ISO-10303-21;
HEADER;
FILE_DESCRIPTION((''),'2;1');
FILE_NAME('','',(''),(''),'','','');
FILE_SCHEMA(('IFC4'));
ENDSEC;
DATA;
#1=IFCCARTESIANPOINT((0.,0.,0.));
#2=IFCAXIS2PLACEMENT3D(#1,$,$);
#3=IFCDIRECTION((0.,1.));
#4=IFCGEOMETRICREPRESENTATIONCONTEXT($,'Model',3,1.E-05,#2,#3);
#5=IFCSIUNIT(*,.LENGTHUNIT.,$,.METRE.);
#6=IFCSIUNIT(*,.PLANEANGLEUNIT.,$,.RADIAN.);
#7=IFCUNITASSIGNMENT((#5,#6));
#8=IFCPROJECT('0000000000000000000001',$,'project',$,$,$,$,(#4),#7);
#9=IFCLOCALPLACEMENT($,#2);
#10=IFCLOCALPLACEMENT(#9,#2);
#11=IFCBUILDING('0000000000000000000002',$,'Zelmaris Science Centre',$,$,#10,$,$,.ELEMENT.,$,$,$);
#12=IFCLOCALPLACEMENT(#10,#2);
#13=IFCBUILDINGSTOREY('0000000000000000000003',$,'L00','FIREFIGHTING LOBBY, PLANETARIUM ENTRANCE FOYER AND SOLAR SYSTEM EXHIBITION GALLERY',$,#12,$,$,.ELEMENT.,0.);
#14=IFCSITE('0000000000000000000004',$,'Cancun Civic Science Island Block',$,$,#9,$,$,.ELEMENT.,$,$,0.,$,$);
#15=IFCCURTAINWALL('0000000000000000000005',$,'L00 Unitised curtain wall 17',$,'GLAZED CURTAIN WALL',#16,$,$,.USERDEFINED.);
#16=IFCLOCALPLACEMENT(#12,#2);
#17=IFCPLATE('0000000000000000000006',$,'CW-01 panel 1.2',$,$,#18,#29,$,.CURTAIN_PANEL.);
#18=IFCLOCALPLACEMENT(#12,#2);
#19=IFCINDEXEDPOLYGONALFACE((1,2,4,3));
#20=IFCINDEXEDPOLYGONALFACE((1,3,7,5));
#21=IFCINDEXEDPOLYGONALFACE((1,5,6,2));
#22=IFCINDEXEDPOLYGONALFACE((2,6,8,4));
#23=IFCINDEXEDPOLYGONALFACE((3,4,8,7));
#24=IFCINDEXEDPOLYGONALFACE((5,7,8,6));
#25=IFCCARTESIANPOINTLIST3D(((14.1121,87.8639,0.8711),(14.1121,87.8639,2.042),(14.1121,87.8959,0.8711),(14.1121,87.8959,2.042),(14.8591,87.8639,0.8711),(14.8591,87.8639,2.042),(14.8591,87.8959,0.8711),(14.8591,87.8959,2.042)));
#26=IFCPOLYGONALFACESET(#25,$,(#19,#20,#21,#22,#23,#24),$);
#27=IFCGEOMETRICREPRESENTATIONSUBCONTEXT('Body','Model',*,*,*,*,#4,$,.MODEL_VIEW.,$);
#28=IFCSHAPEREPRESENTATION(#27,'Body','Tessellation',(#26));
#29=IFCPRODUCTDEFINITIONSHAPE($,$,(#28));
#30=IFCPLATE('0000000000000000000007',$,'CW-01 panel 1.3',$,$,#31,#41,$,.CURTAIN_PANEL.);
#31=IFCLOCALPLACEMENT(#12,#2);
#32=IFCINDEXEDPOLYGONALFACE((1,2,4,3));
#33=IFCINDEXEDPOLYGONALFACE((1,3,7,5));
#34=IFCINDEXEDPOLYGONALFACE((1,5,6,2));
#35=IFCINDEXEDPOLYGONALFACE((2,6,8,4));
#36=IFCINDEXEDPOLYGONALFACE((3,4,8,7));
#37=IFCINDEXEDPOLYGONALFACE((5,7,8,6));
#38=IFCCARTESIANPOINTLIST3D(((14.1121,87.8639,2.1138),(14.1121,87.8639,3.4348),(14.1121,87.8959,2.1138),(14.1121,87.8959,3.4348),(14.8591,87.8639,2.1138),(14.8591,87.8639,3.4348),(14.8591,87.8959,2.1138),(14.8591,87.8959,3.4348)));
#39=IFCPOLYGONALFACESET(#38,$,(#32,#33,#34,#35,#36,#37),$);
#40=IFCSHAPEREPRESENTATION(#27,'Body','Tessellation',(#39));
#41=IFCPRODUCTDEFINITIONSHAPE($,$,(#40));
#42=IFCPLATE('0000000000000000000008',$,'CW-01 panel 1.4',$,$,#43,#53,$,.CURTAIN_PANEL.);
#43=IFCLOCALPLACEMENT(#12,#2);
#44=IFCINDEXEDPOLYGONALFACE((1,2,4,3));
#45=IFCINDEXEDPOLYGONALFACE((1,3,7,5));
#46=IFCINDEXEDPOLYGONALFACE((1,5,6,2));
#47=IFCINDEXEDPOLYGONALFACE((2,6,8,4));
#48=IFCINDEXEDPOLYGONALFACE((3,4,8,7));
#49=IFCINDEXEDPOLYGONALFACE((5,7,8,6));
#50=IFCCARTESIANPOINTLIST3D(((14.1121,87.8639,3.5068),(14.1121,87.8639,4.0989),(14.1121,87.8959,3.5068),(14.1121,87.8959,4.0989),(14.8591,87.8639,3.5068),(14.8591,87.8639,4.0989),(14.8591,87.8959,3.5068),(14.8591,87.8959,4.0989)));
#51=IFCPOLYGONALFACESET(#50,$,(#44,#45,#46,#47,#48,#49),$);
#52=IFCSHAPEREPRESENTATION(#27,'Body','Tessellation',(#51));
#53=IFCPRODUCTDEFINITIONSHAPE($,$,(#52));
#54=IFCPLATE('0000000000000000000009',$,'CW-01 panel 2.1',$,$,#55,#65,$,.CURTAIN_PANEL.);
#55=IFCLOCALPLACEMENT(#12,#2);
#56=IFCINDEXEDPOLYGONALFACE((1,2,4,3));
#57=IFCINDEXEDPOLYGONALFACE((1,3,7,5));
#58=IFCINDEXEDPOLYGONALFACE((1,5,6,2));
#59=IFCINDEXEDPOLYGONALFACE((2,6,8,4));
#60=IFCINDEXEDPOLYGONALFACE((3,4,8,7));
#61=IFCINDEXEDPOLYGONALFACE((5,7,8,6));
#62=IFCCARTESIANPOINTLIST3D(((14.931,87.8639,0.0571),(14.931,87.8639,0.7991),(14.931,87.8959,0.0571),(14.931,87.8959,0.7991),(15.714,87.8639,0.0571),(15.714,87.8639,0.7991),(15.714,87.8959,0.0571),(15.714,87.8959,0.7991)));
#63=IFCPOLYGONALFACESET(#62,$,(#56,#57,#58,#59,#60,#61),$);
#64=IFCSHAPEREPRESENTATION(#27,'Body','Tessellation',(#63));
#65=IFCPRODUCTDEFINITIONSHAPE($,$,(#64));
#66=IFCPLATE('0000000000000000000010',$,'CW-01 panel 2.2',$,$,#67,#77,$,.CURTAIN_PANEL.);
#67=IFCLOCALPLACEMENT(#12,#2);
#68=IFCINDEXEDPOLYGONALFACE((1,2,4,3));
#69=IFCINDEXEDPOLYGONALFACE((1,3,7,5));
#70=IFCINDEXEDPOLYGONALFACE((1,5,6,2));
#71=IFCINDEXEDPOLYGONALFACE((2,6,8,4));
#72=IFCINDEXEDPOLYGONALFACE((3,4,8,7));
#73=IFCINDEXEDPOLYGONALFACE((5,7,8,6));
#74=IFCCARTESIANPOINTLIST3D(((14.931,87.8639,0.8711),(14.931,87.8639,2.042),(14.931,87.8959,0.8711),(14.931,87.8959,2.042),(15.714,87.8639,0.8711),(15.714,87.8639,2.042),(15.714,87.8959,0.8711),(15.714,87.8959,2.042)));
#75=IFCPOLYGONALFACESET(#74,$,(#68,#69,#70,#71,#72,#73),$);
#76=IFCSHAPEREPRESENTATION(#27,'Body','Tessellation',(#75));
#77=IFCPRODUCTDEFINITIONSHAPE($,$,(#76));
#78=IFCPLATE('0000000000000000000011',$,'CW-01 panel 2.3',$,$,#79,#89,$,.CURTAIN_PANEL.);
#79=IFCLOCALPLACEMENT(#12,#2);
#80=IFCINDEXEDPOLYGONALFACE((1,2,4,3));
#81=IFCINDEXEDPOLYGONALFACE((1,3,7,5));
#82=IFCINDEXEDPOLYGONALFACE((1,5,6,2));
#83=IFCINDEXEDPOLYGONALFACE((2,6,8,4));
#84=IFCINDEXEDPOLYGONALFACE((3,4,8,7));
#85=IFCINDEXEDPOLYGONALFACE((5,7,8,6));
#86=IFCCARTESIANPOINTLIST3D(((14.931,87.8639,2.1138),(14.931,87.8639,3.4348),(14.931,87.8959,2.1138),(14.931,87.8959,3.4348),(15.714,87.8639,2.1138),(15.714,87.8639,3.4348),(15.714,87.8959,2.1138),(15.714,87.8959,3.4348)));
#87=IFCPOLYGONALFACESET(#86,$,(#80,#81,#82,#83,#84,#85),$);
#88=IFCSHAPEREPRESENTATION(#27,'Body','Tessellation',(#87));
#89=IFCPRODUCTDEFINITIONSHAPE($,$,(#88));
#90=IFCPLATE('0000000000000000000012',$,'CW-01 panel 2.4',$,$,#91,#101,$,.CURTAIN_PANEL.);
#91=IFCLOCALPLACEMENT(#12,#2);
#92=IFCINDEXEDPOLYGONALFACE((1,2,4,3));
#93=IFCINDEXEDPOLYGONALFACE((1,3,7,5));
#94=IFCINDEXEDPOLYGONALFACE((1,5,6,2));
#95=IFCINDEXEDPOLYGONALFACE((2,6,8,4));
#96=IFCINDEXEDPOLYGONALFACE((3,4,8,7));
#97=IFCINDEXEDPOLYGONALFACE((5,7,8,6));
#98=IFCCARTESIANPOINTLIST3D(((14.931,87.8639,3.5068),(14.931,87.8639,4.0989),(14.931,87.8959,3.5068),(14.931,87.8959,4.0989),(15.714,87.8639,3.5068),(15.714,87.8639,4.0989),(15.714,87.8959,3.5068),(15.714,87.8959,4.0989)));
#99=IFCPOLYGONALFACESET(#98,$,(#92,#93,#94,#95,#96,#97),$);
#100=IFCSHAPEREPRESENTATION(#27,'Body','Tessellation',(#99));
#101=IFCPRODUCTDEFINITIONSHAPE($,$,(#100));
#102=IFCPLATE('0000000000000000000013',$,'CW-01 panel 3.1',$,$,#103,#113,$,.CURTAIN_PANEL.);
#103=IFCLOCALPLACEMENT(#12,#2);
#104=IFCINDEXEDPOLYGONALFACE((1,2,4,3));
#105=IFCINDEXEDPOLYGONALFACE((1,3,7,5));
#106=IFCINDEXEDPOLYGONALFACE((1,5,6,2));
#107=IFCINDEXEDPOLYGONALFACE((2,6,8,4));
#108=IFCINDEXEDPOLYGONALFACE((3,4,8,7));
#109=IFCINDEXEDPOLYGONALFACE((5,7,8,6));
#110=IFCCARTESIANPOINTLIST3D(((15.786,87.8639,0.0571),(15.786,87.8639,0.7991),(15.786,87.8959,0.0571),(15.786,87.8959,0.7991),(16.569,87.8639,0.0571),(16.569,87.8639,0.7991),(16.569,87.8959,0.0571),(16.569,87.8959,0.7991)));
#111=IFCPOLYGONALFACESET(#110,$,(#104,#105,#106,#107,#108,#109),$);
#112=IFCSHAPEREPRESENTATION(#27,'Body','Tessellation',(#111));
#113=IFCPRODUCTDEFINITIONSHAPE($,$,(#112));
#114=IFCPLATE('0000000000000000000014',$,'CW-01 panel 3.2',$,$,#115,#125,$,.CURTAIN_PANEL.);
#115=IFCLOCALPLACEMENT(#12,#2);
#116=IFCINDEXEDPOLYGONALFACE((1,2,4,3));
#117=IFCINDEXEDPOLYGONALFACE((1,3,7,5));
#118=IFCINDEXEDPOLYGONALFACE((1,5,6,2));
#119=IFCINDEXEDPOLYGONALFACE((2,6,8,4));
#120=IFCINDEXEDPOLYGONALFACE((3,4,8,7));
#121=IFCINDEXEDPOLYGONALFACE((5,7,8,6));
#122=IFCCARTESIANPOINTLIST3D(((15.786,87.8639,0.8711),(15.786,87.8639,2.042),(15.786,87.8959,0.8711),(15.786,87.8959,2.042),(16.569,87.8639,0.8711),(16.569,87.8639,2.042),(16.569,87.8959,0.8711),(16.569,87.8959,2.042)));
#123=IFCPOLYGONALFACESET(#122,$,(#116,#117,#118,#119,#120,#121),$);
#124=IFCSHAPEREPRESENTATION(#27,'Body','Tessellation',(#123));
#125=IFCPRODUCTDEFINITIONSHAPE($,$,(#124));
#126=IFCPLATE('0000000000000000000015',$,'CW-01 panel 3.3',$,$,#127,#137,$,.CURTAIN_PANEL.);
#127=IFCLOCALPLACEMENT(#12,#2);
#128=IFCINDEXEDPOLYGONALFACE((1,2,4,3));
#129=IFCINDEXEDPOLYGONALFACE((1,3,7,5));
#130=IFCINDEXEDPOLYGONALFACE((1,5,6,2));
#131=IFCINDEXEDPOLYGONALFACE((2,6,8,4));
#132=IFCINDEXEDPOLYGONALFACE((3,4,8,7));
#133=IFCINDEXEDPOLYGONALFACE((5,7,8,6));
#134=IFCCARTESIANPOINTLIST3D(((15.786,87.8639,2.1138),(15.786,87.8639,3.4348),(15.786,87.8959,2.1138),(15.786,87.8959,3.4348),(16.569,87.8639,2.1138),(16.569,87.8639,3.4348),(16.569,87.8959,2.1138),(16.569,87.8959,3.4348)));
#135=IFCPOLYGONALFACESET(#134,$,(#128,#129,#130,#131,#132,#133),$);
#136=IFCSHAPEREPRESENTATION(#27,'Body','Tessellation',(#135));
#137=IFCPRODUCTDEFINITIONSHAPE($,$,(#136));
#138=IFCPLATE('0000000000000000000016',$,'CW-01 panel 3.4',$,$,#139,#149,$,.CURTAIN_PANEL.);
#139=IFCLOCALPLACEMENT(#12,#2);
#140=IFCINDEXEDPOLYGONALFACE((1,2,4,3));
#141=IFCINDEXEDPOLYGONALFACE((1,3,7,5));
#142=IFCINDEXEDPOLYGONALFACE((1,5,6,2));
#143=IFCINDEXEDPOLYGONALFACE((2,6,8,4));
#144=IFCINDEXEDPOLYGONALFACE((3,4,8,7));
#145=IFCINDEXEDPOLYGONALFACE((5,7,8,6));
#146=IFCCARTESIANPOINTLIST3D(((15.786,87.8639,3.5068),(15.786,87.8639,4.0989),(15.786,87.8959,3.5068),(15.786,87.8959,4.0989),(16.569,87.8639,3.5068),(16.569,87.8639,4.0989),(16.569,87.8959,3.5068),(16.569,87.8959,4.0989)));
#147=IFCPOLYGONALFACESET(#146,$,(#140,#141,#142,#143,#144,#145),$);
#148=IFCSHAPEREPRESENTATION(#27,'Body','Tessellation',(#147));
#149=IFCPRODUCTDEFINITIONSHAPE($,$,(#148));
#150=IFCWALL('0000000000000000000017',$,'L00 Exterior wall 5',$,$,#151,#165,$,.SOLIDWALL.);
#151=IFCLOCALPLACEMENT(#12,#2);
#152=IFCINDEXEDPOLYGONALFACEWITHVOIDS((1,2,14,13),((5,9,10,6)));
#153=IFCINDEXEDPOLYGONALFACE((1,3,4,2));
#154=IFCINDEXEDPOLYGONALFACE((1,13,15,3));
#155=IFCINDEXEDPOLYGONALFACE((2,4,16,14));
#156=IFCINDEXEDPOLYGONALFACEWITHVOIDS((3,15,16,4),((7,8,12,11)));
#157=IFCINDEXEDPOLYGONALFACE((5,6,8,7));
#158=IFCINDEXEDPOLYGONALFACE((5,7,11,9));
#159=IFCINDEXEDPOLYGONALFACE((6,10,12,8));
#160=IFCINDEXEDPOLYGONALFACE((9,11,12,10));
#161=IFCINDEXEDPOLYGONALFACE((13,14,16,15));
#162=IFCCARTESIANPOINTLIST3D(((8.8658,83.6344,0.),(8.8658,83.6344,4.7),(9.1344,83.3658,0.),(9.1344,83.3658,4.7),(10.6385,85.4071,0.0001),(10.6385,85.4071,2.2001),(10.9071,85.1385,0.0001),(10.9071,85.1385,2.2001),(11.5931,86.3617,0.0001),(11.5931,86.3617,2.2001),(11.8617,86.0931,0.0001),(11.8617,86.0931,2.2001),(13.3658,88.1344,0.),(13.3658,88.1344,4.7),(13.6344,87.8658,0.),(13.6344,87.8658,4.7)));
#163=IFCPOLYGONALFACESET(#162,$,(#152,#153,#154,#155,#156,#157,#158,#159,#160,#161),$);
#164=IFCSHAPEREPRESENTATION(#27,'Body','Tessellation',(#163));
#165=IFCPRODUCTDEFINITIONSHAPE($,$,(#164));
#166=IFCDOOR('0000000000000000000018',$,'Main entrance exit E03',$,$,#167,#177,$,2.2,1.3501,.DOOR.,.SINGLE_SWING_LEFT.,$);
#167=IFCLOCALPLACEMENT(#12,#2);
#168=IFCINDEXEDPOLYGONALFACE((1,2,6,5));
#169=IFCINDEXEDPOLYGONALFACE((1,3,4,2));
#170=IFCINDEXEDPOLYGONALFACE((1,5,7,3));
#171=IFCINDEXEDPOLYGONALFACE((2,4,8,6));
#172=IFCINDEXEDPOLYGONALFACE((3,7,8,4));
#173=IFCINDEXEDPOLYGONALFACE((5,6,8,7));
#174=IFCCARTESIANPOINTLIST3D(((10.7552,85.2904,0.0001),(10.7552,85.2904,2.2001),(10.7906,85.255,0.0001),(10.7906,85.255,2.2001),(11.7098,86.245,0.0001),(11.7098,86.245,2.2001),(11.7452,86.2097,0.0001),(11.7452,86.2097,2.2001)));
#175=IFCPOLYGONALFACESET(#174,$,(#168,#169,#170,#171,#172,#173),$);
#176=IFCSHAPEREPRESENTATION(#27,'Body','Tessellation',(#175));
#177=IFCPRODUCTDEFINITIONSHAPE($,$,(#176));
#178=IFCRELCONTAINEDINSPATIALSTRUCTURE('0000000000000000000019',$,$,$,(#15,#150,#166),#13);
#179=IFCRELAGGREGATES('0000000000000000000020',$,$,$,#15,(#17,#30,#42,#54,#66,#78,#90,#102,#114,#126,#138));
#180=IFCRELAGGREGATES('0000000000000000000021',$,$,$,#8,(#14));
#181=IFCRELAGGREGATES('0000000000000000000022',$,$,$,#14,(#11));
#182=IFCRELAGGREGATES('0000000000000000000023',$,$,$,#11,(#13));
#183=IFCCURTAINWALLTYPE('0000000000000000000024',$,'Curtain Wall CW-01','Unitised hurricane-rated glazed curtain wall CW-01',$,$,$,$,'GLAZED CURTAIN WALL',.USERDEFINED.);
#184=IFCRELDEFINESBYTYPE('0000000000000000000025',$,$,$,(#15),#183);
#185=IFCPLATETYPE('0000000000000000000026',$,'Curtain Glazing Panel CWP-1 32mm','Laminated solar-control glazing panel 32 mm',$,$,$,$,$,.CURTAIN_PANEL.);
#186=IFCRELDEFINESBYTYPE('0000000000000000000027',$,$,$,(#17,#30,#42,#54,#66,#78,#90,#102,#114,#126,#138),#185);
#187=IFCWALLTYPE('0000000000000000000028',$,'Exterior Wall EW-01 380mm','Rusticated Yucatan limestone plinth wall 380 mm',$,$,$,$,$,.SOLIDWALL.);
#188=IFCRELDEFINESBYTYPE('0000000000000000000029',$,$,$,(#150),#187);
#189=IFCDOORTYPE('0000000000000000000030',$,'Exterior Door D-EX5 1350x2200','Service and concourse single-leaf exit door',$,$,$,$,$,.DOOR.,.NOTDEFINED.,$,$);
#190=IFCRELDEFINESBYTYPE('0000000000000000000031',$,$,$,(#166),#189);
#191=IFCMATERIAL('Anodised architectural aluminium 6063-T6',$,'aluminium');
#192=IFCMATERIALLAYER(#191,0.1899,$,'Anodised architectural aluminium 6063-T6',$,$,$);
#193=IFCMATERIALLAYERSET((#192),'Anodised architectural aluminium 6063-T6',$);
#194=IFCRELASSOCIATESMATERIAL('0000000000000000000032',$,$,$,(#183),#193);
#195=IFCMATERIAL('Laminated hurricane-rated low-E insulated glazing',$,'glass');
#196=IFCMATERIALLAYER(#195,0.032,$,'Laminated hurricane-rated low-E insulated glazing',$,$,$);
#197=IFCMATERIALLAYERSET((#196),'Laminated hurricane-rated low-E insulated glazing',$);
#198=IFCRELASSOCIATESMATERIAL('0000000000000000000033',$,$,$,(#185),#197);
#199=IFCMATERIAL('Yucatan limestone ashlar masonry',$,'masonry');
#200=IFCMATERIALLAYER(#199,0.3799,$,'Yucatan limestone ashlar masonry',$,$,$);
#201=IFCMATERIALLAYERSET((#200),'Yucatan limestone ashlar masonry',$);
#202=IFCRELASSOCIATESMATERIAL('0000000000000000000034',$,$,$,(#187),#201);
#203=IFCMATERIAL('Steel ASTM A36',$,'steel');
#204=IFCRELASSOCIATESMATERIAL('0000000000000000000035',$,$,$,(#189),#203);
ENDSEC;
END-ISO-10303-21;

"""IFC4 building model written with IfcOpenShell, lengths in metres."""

from ifc_helpers import new_model, si_unit, direction, frame, frame_2d, origin, origin_2d, place, context, subcontext, project, spatial, rectangle, extrude, material, layer, layer_set, type_object, element, fill, aggregate, save


model = new_model("IFC4")

# Units and contexts
model_context = context("Model", 3, precision=1e-05, world=origin(), true_north=direction((0.0, 1.0)))
body_context = subcontext(model_context, "Body", "Model", "MODEL_VIEW")
ifc_project = project(units=[si_unit("LENGTHUNIT", "METRE"), si_unit("PLANEANGLEUNIT", "RADIAN")], contexts=[model_context])

# Site, building, storey
site_placement = place(None, origin())
site = spatial("IfcSite", under=ifc_project, at=site_placement, Name="Cancun Civic Science Island Block", CompositionType="ELEMENT", RefElevation=0.0)
building_placement = place(site_placement, origin())
building = spatial("IfcBuilding", under=site, at=building_placement, Name="Zelmaris Science Centre", CompositionType="ELEMENT")
storey_placement = place(building_placement, origin())
storey = spatial("IfcBuildingStorey", under=building, at=storey_placement, Name="L00", Description="FIREFIGHTING LOBBY, PLANETARIUM ENTRANCE FOYER AND SOLAR SYSTEM EXHIBITION GALLERY", CompositionType="ELEMENT", Elevation=0.0)

# Shared definitions
ifc_material_1 = material(Name="Anodised architectural aluminium 6063-T6", Category="aluminium")

# Curtain wall, plates
ifc_layer_1 = layer(ifc_material_1, 0.1899, Name="Anodised architectural aluminium 6063-T6")
ifc_layer_set_1 = layer_set([ifc_layer_1], Name="Anodised architectural aluminium 6063-T6")
curtain_wall_type_1 = type_object("IfcCurtainWallType", Name="Curtain Wall CW-01", Description="Unitised hurricane-rated glazed curtain wall CW-01", ElementType="GLAZED CURTAIN WALL", PredefinedType="USERDEFINED", material=ifc_layer_set_1)
curtain_wall_1_placement = place(storey_placement, origin())
curtain_wall_1 = element("IfcCurtainWall", 1, at=curtain_wall_1_placement, inside=storey, type_object=curtain_wall_type_1, Name="L00 Unitised curtain wall 17", ObjectType="GLAZED CURTAIN WALL", PredefinedType="USERDEFINED")
ifc_material_2 = material(Name="Laminated hurricane-rated low-E insulated glazing", Category="glass")
ifc_layer_2 = layer(ifc_material_2, 0.032, Name="Laminated hurricane-rated low-E insulated glazing")
ifc_layer_set_2 = layer_set([ifc_layer_2], Name="Laminated hurricane-rated low-E insulated glazing")
plate_type = type_object("IfcPlateType", Name="Curtain Glazing Panel CWP-1 32mm", Description="Laminated solar-control glazing panel 32 mm", PredefinedType="CURTAIN_PANEL", material=ifc_layer_set_2)
plate_1_placement = place(storey_placement, frame((14.4856, 87.8799, 0.8711), z_axis=(0.0, 0.0, 1.0), x_axis=(1.0, 0.0, 0.0)))
plate_1 = element("IfcPlate", 2, at=plate_1_placement, type_object=plate_type, Name="CW-01 panel 1.2", PredefinedType="CURTAIN_PANEL", context=body_context, shape_type="SweptSolid", body=[
    extrude(rectangle(XDim=0.7471, YDim=0.032, at=origin_2d()), origin(), (0.0, 0.0, 1.0), 1.1709),
])
plate_2_placement = place(storey_placement, frame((14.4856, 87.8799, 2.1138), z_axis=(0.0, 0.0, 1.0), x_axis=(1.0, 0.0, 0.0)))
plate_2 = element("IfcPlate", 3, at=plate_2_placement, type_object=plate_type, Name="CW-01 panel 1.3", PredefinedType="CURTAIN_PANEL", context=body_context, shape_type="SweptSolid", body=[
    extrude(rectangle(XDim=0.7471, YDim=0.032, at=origin_2d()), origin(), (0.0, 0.0, 1.0), 1.321),
])
plate_3_placement = place(storey_placement, frame((14.4856, 87.8799, 3.5068), z_axis=(0.0, 0.0, 1.0), x_axis=(1.0, 0.0, 0.0)))
plate_3 = element("IfcPlate", 4, at=plate_3_placement, type_object=plate_type, Name="CW-01 panel 1.4", PredefinedType="CURTAIN_PANEL", context=body_context, shape_type="SweptSolid", body=[
    extrude(rectangle(XDim=0.7471, YDim=0.032, at=origin_2d()), origin(), (0.0, 0.0, 1.0), 0.592),
])
plate_4_placement = place(storey_placement, frame((15.3225, 87.8799, 0.0571), z_axis=(0.0, 0.0, 1.0), x_axis=(1.0, 0.0, 0.0)))
plate_4 = element("IfcPlate", 5, at=plate_4_placement, type_object=plate_type, Name="CW-01 panel 2.1", PredefinedType="CURTAIN_PANEL", context=body_context, shape_type="SweptSolid", body=[
    extrude(rectangle(XDim=0.783, YDim=0.032, at=origin_2d()), origin(), (0.0, 0.0, 1.0), 0.7419),
])
plate_5_placement = place(storey_placement, frame((15.3225, 87.8799, 0.8711), z_axis=(0.0, 0.0, 1.0), x_axis=(1.0, 0.0, 0.0)))
plate_5 = element("IfcPlate", 6, at=plate_5_placement, type_object=plate_type, Name="CW-01 panel 2.2", PredefinedType="CURTAIN_PANEL", context=body_context, shape_type="SweptSolid", body=[
    extrude(rectangle(XDim=0.783, YDim=0.032, at=origin_2d()), origin(), (0.0, 0.0, 1.0), 1.1709),
])
plate_6_placement = place(storey_placement, frame((15.3225, 87.8799, 2.1138), z_axis=(0.0, 0.0, 1.0), x_axis=(1.0, 0.0, 0.0)))
plate_6 = element("IfcPlate", 7, at=plate_6_placement, type_object=plate_type, Name="CW-01 panel 2.3", PredefinedType="CURTAIN_PANEL", context=body_context, shape_type="SweptSolid", body=[
    extrude(rectangle(XDim=0.783, YDim=0.032, at=origin_2d()), origin(), (0.0, 0.0, 1.0), 1.321),
])
plate_7_placement = place(storey_placement, frame((15.3225, 87.8799, 3.5068), z_axis=(0.0, 0.0, 1.0), x_axis=(1.0, 0.0, 0.0)))
plate_7 = element("IfcPlate", 8, at=plate_7_placement, type_object=plate_type, Name="CW-01 panel 2.4", PredefinedType="CURTAIN_PANEL", context=body_context, shape_type="SweptSolid", body=[
    extrude(rectangle(XDim=0.783, YDim=0.032, at=origin_2d()), origin(), (0.0, 0.0, 1.0), 0.592),
])
plate_8_placement = place(storey_placement, frame((16.1775, 87.8799, 0.0571), z_axis=(0.0, 0.0, 1.0), x_axis=(1.0, 0.0, 0.0)))
plate_8 = element("IfcPlate", 9, at=plate_8_placement, type_object=plate_type, Name="CW-01 panel 3.1", PredefinedType="CURTAIN_PANEL", context=body_context, shape_type="SweptSolid", body=[
    extrude(rectangle(XDim=0.783, YDim=0.032, at=origin_2d()), origin(), (0.0, 0.0, 1.0), 0.7419),
])
plate_9_placement = place(storey_placement, frame((16.1775, 87.8799, 0.8711), z_axis=(0.0, 0.0, 1.0), x_axis=(1.0, 0.0, 0.0)))
plate_9 = element("IfcPlate", 10, at=plate_9_placement, type_object=plate_type, Name="CW-01 panel 3.2", PredefinedType="CURTAIN_PANEL", context=body_context, shape_type="SweptSolid", body=[
    extrude(rectangle(XDim=0.783, YDim=0.032, at=origin_2d()), origin(), (0.0, 0.0, 1.0), 1.1709),
])
plate_10_placement = place(storey_placement, frame((16.1775, 87.8799, 2.1138), z_axis=(0.0, 0.0, 1.0), x_axis=(1.0, 0.0, 0.0)))
plate_10 = element("IfcPlate", 11, at=plate_10_placement, type_object=plate_type, Name="CW-01 panel 3.3", PredefinedType="CURTAIN_PANEL", context=body_context, shape_type="SweptSolid", body=[
    extrude(rectangle(XDim=0.783, YDim=0.032, at=origin_2d()), origin(), (0.0, 0.0, 1.0), 1.321),
])
plate_11_placement = place(storey_placement, frame((16.1775, 87.8799, 3.5068), z_axis=(0.0, 0.0, 1.0), x_axis=(1.0, 0.0, 0.0)))
plate_11 = element("IfcPlate", 12, at=plate_11_placement, type_object=plate_type, Name="CW-01 panel 3.4", PredefinedType="CURTAIN_PANEL", context=body_context, shape_type="SweptSolid", body=[
    extrude(rectangle(XDim=0.783, YDim=0.032, at=origin_2d()), origin(), (0.0, 0.0, 1.0), 0.592),
])
aggregate(curtain_wall_1, [plate_1, plate_2, plate_3, plate_4, plate_5, plate_6, plate_7, plate_8, plate_9, plate_10, plate_11])

# Wall, opening, door
ifc_material_3 = material(Name="Yucatan limestone ashlar masonry", Category="masonry")
ifc_layer_3 = layer(ifc_material_3, 0.3799, Name="Yucatan limestone ashlar masonry")
ifc_layer_set_3 = layer_set([ifc_layer_3], Name="Yucatan limestone ashlar masonry")
wall_type = type_object("IfcWallType", Name="Exterior Wall EW-01 380mm", Description="Rusticated Yucatan limestone plinth wall 380 mm", PredefinedType="SOLIDWALL", material=ifc_layer_set_3)
wall_placement = place(storey_placement, frame((9.0, 83.5, 0.0), z_axis=(0.0, 0.0, 1.0), x_axis=(0.707107, 0.707107, 0.0)))
wall = element("IfcWall", 13, at=wall_placement, inside=storey, type_object=wall_type, Name="L00 Exterior wall 5", PredefinedType="SOLIDWALL", context=body_context, shape_type="SweptSolid", body=[
    extrude(rectangle(XDim=6.364, YDim=0.3799, at=frame_2d((3.1821, 0.0))), origin(), (0.0, 0.0, 1.0), 4.7),
])
opening_placement = place(wall_placement, frame((2.5071, 0.0, 0.0)))
opening = element("IfcOpeningElement", 14, at=opening_placement, cuts=wall, PredefinedType="OPENING", context=body_context, shape_type="SweptSolid", body=[
    extrude(rectangle(XDim=1.3501, YDim=2.2, at=frame_2d((0.675, 1.1001))), frame((0.0, 0.2, 0.0), z_axis=(0.0, -1.0, 0.0), x_axis=(1.0, 0.0, 0.0)), (0.0, 0.0, 1.0), 0.3999),
])
ifc_material_4 = material(Name="Steel ASTM A36", Category="steel")
door_type = type_object("IfcDoorType", Name="Exterior Door D-EX5 1350x2200", Description="Service and concourse single-leaf exit door", OperationType="NOTDEFINED", PredefinedType="DOOR", material=ifc_material_4)
door_placement = place(opening_placement, origin())
door = element("IfcDoor", 15, at=door_placement, inside=storey, type_object=door_type, Name="Main entrance exit E03", OperationType="SINGLE_SWING_LEFT", OverallHeight=2.2, OverallWidth=1.3501, PredefinedType="DOOR", context=body_context, shape_type="SweptSolid", body=[
    extrude(rectangle(XDim=1.3501, YDim=2.2, at=frame_2d((0.675, 1.1001))), frame((0.0, 0.0249, 0.0), z_axis=(0.0, -1.0, 0.0), x_axis=(1.0, 0.0, 0.0)), (0.0, 0.0, 1.0), 0.05),
])
fill(opening, door)

save(model, "model.ifc")
